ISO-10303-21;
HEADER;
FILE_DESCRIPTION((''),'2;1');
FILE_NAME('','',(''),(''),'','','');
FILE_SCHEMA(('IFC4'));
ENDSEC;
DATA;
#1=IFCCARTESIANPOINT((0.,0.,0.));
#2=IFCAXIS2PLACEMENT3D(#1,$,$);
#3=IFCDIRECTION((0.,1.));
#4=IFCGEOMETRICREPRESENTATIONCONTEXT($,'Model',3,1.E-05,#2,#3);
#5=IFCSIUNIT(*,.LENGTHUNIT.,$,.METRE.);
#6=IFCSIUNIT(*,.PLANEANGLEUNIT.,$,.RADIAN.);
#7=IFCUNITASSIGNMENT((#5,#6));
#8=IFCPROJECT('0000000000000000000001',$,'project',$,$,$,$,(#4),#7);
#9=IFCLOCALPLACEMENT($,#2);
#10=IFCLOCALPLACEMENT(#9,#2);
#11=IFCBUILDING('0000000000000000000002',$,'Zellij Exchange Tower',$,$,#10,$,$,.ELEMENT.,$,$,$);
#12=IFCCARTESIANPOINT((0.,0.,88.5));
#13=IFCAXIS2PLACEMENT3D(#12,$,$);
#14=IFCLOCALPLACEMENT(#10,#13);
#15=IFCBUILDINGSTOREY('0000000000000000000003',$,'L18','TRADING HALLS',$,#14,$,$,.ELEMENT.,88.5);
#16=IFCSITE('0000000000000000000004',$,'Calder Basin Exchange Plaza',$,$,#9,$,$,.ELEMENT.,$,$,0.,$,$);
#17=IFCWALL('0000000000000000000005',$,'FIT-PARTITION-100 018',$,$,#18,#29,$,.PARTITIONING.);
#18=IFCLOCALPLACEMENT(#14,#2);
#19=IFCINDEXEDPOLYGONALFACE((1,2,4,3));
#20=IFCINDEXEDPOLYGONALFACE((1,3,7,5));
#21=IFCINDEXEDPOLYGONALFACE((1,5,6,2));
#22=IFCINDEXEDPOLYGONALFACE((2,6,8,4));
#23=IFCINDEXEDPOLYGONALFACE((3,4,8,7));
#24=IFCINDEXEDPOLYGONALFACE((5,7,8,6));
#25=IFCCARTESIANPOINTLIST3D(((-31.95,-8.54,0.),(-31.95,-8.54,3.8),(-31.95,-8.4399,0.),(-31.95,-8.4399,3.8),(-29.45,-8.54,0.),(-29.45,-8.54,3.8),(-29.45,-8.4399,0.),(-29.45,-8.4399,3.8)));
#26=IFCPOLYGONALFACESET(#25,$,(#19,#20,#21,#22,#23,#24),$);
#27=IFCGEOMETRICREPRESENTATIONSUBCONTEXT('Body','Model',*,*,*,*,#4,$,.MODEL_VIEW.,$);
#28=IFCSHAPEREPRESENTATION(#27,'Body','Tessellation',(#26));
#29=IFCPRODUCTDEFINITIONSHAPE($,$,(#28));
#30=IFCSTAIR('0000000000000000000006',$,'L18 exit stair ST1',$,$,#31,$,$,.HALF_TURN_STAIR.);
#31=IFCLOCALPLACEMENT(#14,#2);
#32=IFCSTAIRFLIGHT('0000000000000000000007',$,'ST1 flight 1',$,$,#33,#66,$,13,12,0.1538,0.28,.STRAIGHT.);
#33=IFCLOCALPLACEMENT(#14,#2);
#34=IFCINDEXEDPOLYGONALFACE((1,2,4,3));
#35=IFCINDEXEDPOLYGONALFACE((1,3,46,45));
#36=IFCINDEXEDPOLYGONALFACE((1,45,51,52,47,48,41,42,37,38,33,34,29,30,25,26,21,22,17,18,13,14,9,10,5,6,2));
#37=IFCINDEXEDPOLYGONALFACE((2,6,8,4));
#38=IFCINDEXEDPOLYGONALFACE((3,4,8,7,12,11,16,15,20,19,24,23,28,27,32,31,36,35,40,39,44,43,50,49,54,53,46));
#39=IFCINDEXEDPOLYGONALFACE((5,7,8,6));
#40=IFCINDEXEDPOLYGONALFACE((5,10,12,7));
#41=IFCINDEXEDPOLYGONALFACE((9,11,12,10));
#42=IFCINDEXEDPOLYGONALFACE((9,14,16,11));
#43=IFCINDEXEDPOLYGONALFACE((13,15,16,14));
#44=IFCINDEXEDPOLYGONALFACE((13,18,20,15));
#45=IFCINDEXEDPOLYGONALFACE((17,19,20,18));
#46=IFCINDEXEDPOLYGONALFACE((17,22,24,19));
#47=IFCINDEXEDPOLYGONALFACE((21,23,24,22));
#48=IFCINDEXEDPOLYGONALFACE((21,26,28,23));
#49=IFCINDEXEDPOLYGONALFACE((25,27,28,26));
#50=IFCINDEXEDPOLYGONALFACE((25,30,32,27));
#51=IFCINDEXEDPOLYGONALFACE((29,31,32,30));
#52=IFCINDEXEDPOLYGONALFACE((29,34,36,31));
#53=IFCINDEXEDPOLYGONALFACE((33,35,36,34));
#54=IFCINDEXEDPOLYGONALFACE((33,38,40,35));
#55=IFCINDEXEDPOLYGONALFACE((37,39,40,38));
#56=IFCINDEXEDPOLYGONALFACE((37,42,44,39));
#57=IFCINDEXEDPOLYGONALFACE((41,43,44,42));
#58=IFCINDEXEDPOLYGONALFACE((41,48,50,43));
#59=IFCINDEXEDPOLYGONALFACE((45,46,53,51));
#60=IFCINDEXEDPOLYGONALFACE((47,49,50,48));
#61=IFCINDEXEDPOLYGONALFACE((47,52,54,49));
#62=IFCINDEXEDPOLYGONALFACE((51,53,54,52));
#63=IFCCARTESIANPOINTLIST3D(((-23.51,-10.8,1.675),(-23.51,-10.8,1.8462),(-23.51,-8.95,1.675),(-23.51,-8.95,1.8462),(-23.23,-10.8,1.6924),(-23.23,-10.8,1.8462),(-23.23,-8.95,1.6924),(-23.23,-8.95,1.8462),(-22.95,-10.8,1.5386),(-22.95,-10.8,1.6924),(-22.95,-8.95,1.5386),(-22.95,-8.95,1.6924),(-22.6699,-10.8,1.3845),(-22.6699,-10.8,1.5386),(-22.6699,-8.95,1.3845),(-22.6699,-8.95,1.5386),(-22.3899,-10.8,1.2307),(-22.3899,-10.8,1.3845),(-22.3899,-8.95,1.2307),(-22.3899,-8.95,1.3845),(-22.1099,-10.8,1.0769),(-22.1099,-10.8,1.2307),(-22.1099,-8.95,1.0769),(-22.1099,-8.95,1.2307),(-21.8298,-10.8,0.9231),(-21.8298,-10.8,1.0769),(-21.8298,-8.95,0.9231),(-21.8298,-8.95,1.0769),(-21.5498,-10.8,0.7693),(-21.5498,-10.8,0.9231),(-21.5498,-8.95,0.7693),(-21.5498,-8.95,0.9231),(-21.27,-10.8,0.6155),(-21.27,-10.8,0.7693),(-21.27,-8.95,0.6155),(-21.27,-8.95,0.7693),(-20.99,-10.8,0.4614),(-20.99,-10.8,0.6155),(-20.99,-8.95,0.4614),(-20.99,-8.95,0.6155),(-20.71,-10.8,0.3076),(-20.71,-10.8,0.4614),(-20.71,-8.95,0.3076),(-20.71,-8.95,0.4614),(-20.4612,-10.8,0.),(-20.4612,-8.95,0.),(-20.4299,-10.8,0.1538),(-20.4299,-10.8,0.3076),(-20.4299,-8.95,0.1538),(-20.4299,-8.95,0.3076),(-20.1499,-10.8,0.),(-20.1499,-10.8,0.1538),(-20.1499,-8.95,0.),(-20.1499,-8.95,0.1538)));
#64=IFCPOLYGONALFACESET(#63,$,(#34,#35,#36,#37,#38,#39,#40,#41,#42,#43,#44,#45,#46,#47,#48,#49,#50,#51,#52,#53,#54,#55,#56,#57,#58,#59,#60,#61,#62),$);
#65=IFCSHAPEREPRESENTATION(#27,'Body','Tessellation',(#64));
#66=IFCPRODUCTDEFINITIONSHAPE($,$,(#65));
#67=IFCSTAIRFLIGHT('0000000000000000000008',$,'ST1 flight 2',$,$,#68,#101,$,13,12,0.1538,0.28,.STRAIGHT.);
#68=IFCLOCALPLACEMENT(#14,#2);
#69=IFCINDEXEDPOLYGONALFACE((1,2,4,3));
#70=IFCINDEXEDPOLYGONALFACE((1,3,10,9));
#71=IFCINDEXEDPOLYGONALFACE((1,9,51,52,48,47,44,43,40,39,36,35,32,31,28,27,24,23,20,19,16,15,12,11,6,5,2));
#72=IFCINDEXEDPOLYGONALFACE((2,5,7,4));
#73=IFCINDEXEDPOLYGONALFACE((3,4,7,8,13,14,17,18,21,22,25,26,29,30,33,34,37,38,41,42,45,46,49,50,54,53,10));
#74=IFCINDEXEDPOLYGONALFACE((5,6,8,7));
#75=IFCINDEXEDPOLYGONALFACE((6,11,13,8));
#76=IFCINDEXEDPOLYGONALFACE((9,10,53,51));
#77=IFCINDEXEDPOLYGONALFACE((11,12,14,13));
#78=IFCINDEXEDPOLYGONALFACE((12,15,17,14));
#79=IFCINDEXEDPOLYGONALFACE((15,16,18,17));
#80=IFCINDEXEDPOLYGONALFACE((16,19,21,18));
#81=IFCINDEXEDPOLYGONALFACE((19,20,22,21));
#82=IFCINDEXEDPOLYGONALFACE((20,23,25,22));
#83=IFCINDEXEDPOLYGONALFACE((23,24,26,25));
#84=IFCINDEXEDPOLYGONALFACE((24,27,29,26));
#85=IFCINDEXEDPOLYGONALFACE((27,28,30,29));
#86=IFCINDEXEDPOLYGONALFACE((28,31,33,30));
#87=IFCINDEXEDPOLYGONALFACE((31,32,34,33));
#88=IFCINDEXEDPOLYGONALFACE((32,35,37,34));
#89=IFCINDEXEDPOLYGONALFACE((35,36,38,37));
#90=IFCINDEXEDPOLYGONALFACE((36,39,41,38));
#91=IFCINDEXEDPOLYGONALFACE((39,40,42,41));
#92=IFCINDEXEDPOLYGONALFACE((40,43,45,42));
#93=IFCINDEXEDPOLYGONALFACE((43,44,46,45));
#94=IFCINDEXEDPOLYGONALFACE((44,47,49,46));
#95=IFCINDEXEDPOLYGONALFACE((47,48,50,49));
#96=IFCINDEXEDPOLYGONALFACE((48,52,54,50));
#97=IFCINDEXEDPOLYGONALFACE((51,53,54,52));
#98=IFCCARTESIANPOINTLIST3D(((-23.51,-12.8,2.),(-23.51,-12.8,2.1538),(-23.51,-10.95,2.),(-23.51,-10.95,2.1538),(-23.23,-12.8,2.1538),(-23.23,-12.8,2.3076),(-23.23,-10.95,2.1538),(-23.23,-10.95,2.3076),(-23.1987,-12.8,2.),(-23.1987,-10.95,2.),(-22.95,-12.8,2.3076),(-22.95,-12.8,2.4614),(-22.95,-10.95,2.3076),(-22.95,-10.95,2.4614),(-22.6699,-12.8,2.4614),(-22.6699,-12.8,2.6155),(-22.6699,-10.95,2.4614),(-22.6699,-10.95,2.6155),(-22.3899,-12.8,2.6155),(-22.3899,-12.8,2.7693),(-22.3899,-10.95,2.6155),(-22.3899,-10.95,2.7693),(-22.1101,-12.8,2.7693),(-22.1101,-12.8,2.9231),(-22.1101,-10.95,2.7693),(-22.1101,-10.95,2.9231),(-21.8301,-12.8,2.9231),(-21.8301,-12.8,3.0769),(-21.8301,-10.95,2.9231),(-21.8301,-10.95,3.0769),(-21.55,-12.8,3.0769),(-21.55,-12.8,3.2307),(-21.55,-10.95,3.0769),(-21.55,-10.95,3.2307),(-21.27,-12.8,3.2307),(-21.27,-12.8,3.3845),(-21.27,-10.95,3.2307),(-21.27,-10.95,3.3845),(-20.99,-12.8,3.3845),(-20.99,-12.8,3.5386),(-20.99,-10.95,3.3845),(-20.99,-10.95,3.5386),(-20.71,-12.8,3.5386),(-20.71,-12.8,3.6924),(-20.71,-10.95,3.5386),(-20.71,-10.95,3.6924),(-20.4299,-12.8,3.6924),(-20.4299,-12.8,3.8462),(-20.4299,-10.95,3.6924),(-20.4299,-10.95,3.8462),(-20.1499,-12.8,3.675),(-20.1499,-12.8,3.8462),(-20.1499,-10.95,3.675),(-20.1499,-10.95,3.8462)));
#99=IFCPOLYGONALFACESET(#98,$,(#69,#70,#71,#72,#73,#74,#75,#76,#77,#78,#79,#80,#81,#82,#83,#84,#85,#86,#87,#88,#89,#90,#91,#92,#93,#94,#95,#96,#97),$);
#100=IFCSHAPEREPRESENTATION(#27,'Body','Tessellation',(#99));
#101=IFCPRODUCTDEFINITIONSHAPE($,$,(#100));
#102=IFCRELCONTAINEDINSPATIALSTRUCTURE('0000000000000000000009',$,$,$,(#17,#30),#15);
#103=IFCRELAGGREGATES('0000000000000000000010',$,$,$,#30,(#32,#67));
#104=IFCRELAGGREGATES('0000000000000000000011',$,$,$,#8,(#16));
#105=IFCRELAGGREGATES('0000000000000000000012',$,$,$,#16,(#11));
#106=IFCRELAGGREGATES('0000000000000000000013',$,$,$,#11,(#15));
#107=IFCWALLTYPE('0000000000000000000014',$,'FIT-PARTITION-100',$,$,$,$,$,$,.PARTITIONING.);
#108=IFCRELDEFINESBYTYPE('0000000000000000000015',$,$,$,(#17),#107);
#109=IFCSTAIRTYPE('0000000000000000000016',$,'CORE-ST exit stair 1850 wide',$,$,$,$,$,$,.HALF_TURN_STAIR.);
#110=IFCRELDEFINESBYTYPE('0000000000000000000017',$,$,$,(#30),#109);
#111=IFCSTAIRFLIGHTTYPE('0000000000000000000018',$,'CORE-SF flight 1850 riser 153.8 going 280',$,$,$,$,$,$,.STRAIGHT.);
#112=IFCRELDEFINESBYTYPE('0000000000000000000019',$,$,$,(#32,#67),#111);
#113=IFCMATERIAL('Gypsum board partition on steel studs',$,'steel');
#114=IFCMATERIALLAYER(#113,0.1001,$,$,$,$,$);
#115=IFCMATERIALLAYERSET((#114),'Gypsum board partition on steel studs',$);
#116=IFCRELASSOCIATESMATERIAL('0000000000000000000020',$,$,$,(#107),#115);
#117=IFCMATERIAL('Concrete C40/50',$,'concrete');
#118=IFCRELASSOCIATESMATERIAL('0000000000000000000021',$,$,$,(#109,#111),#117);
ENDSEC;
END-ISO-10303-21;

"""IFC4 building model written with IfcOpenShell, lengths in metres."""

from ifc_helpers import new_model, si_unit, direction, frame, frame_2d, origin, place, context, subcontext, project, spatial, polyline, rectangle, outline, extrude, material, layer, layer_set, type_object, element, aggregate, save


model = new_model("IFC4")

# Units and contexts
model_context = context("Model", 3, precision=1e-05, world=origin(), true_north=direction((0.0, 1.0)))
body_context = subcontext(model_context, "Body", "Model", "MODEL_VIEW")
ifc_project = project(units=[si_unit("LENGTHUNIT", "METRE"), si_unit("PLANEANGLEUNIT", "RADIAN")], contexts=[model_context])

# Site, building, storey
site_placement = place(None, origin())
site = spatial("IfcSite", under=ifc_project, at=site_placement, Name="Calder Basin Exchange Plaza", CompositionType="ELEMENT", RefElevation=0.0)
building_placement = place(site_placement, origin())
building = spatial("IfcBuilding", under=site, at=building_placement, Name="Zellij Exchange Tower", CompositionType="ELEMENT")
storey_placement = place(building_placement, frame((0.0, 0.0, 88.5)))
storey = spatial("IfcBuildingStorey", under=building, at=storey_placement, Name="L18", Description="TRADING HALLS", CompositionType="ELEMENT", Elevation=88.5)

# Shared definitions
ifc_material_1 = material(Name="Gypsum board partition on steel studs", Category="steel")
ifc_layer_1 = layer(ifc_material_1, 0.1001)
ifc_layer_set_1 = layer_set([ifc_layer_1], Name="Gypsum board partition on steel studs")
wall_type_1 = type_object("IfcWallType", Name="FIT-PARTITION-100", PredefinedType="PARTITIONING", material=ifc_layer_set_1)

# Wall
wall_1_placement = place(storey_placement, frame((-31.95, -8.49, 0.0), z_axis=(0.0, 0.0, 1.0), x_axis=(1.0, 0.0, 0.0)))
element("IfcWall", 1, at=wall_1_placement, inside=storey, type_object=wall_type_1, Name="FIT-PARTITION-100 018", PredefinedType="PARTITIONING", context=body_context, shape_type="SweptSolid", body=[
    extrude(rectangle(XDim=2.5, YDim=0.1001, at=frame_2d((1.25, 0.0))), origin(), (0.0, 0.0, 1.0), 3.8),
])

# Stair, stair flights
ifc_material_2 = material(Name="Concrete C40/50", Category="concrete")
stair_type = type_object("IfcStairType", Name="CORE-ST exit stair 1850 wide", PredefinedType="HALF_TURN_STAIR", material=ifc_material_2)
stair_placement = place(storey_placement, origin())
stair = element("IfcStair", 2, at=stair_placement, inside=storey, type_object=stair_type, Name="L18 exit stair ST1", PredefinedType="HALF_TURN_STAIR")
stair_flight_type = type_object("IfcStairFlightType", Name="CORE-SF flight 1850 riser 153.8 going 280", PredefinedType="STRAIGHT", material=ifc_material_2)
stair_flight_1_placement = place(storey_placement, frame((-20.1499, -9.875, 0.0), z_axis=(0.0, 0.0, 1.0), x_axis=(-1.0, 0.0, 0.0)))
stair_flight_1 = element("IfcStairFlight", 3, at=stair_flight_1_placement, type_object=stair_flight_type, Name="ST1 flight 1", NumberOfRisers=13, NumberOfTreads=12, PredefinedType="STRAIGHT", RiserHeight=0.1538, TreadLength=0.28, context=body_context, shape_type="SweptSolid", body=[
    extrude(outline(polyline([(0.0, 0.0), (0.0, 0.1538), (0.28, 0.1538), (0.28, 0.3076), (0.5601, 0.3076), (0.5601, 0.4614), (0.8401, 0.4614), (0.8401, 0.6155), (1.1201, 0.6155), (1.1201, 0.7693), (1.3999, 0.7693), (1.3999, 0.9231), (1.6799, 0.9231), (1.6799, 1.0769), (1.96, 1.0769), (1.96, 1.2307), (2.24, 1.2307), (2.24, 1.3845), (2.52, 1.3845), (2.52, 1.5386), (2.8, 1.5386), (2.8, 1.6924), (3.0801, 1.6924), (3.0801, 1.8462), (3.3601, 1.8462), (3.3601, 2.0), (3.3601, 1.675), (0.3113, 0.0), (0.0, 0.0)])), frame((0.0, 0.925, 0.0), z_axis=(0.0, -1.0, 0.0), x_axis=(1.0, 0.0, 0.0)), (0.0, 0.0, 1.0), 1.8501),
])
stair_flight_2_placement = place(storey_placement, frame((-23.51, -11.875, 2.0), z_axis=(0.0, 0.0, 1.0), x_axis=(1.0, 0.0, 0.0)))
stair_flight_2 = element("IfcStairFlight", 4, at=stair_flight_2_placement, type_object=stair_flight_type, Name="ST1 flight 2", NumberOfRisers=13, NumberOfTreads=12, PredefinedType="STRAIGHT", RiserHeight=0.1538, TreadLength=0.28, context=body_context, shape_type="SweptSolid", body=[
    extrude(outline(polyline([(0.0, 0.0), (0.0, 0.1538), (0.28, 0.1538), (0.28, 0.3076), (0.5601, 0.3076), (0.5601, 0.4614), (0.8401, 0.4614), (0.8401, 0.6155), (1.1201, 0.6155), (1.1201, 0.7693), (1.3999, 0.7693), (1.3999, 0.9231), (1.6799, 0.9231), (1.6799, 1.0769), (1.96, 1.0769), (1.96, 1.2307), (2.24, 1.2307), (2.24, 1.3845), (2.52, 1.3845), (2.52, 1.5386), (2.8, 1.5386), (2.8, 1.6924), (3.0801, 1.6924), (3.0801, 1.8462), (3.3601, 1.8462), (3.3601, 2.0), (3.3601, 1.675), (0.3113, 0.0), (0.0, 0.0)])), frame((0.0, 0.925, 0.0), z_axis=(0.0, -1.0, 0.0), x_axis=(1.0, 0.0, 0.0)), (0.0, 0.0, 1.0), 1.8501),
])
aggregate(stair, [stair_flight_1, stair_flight_2])

save(model, "model.ifc")
